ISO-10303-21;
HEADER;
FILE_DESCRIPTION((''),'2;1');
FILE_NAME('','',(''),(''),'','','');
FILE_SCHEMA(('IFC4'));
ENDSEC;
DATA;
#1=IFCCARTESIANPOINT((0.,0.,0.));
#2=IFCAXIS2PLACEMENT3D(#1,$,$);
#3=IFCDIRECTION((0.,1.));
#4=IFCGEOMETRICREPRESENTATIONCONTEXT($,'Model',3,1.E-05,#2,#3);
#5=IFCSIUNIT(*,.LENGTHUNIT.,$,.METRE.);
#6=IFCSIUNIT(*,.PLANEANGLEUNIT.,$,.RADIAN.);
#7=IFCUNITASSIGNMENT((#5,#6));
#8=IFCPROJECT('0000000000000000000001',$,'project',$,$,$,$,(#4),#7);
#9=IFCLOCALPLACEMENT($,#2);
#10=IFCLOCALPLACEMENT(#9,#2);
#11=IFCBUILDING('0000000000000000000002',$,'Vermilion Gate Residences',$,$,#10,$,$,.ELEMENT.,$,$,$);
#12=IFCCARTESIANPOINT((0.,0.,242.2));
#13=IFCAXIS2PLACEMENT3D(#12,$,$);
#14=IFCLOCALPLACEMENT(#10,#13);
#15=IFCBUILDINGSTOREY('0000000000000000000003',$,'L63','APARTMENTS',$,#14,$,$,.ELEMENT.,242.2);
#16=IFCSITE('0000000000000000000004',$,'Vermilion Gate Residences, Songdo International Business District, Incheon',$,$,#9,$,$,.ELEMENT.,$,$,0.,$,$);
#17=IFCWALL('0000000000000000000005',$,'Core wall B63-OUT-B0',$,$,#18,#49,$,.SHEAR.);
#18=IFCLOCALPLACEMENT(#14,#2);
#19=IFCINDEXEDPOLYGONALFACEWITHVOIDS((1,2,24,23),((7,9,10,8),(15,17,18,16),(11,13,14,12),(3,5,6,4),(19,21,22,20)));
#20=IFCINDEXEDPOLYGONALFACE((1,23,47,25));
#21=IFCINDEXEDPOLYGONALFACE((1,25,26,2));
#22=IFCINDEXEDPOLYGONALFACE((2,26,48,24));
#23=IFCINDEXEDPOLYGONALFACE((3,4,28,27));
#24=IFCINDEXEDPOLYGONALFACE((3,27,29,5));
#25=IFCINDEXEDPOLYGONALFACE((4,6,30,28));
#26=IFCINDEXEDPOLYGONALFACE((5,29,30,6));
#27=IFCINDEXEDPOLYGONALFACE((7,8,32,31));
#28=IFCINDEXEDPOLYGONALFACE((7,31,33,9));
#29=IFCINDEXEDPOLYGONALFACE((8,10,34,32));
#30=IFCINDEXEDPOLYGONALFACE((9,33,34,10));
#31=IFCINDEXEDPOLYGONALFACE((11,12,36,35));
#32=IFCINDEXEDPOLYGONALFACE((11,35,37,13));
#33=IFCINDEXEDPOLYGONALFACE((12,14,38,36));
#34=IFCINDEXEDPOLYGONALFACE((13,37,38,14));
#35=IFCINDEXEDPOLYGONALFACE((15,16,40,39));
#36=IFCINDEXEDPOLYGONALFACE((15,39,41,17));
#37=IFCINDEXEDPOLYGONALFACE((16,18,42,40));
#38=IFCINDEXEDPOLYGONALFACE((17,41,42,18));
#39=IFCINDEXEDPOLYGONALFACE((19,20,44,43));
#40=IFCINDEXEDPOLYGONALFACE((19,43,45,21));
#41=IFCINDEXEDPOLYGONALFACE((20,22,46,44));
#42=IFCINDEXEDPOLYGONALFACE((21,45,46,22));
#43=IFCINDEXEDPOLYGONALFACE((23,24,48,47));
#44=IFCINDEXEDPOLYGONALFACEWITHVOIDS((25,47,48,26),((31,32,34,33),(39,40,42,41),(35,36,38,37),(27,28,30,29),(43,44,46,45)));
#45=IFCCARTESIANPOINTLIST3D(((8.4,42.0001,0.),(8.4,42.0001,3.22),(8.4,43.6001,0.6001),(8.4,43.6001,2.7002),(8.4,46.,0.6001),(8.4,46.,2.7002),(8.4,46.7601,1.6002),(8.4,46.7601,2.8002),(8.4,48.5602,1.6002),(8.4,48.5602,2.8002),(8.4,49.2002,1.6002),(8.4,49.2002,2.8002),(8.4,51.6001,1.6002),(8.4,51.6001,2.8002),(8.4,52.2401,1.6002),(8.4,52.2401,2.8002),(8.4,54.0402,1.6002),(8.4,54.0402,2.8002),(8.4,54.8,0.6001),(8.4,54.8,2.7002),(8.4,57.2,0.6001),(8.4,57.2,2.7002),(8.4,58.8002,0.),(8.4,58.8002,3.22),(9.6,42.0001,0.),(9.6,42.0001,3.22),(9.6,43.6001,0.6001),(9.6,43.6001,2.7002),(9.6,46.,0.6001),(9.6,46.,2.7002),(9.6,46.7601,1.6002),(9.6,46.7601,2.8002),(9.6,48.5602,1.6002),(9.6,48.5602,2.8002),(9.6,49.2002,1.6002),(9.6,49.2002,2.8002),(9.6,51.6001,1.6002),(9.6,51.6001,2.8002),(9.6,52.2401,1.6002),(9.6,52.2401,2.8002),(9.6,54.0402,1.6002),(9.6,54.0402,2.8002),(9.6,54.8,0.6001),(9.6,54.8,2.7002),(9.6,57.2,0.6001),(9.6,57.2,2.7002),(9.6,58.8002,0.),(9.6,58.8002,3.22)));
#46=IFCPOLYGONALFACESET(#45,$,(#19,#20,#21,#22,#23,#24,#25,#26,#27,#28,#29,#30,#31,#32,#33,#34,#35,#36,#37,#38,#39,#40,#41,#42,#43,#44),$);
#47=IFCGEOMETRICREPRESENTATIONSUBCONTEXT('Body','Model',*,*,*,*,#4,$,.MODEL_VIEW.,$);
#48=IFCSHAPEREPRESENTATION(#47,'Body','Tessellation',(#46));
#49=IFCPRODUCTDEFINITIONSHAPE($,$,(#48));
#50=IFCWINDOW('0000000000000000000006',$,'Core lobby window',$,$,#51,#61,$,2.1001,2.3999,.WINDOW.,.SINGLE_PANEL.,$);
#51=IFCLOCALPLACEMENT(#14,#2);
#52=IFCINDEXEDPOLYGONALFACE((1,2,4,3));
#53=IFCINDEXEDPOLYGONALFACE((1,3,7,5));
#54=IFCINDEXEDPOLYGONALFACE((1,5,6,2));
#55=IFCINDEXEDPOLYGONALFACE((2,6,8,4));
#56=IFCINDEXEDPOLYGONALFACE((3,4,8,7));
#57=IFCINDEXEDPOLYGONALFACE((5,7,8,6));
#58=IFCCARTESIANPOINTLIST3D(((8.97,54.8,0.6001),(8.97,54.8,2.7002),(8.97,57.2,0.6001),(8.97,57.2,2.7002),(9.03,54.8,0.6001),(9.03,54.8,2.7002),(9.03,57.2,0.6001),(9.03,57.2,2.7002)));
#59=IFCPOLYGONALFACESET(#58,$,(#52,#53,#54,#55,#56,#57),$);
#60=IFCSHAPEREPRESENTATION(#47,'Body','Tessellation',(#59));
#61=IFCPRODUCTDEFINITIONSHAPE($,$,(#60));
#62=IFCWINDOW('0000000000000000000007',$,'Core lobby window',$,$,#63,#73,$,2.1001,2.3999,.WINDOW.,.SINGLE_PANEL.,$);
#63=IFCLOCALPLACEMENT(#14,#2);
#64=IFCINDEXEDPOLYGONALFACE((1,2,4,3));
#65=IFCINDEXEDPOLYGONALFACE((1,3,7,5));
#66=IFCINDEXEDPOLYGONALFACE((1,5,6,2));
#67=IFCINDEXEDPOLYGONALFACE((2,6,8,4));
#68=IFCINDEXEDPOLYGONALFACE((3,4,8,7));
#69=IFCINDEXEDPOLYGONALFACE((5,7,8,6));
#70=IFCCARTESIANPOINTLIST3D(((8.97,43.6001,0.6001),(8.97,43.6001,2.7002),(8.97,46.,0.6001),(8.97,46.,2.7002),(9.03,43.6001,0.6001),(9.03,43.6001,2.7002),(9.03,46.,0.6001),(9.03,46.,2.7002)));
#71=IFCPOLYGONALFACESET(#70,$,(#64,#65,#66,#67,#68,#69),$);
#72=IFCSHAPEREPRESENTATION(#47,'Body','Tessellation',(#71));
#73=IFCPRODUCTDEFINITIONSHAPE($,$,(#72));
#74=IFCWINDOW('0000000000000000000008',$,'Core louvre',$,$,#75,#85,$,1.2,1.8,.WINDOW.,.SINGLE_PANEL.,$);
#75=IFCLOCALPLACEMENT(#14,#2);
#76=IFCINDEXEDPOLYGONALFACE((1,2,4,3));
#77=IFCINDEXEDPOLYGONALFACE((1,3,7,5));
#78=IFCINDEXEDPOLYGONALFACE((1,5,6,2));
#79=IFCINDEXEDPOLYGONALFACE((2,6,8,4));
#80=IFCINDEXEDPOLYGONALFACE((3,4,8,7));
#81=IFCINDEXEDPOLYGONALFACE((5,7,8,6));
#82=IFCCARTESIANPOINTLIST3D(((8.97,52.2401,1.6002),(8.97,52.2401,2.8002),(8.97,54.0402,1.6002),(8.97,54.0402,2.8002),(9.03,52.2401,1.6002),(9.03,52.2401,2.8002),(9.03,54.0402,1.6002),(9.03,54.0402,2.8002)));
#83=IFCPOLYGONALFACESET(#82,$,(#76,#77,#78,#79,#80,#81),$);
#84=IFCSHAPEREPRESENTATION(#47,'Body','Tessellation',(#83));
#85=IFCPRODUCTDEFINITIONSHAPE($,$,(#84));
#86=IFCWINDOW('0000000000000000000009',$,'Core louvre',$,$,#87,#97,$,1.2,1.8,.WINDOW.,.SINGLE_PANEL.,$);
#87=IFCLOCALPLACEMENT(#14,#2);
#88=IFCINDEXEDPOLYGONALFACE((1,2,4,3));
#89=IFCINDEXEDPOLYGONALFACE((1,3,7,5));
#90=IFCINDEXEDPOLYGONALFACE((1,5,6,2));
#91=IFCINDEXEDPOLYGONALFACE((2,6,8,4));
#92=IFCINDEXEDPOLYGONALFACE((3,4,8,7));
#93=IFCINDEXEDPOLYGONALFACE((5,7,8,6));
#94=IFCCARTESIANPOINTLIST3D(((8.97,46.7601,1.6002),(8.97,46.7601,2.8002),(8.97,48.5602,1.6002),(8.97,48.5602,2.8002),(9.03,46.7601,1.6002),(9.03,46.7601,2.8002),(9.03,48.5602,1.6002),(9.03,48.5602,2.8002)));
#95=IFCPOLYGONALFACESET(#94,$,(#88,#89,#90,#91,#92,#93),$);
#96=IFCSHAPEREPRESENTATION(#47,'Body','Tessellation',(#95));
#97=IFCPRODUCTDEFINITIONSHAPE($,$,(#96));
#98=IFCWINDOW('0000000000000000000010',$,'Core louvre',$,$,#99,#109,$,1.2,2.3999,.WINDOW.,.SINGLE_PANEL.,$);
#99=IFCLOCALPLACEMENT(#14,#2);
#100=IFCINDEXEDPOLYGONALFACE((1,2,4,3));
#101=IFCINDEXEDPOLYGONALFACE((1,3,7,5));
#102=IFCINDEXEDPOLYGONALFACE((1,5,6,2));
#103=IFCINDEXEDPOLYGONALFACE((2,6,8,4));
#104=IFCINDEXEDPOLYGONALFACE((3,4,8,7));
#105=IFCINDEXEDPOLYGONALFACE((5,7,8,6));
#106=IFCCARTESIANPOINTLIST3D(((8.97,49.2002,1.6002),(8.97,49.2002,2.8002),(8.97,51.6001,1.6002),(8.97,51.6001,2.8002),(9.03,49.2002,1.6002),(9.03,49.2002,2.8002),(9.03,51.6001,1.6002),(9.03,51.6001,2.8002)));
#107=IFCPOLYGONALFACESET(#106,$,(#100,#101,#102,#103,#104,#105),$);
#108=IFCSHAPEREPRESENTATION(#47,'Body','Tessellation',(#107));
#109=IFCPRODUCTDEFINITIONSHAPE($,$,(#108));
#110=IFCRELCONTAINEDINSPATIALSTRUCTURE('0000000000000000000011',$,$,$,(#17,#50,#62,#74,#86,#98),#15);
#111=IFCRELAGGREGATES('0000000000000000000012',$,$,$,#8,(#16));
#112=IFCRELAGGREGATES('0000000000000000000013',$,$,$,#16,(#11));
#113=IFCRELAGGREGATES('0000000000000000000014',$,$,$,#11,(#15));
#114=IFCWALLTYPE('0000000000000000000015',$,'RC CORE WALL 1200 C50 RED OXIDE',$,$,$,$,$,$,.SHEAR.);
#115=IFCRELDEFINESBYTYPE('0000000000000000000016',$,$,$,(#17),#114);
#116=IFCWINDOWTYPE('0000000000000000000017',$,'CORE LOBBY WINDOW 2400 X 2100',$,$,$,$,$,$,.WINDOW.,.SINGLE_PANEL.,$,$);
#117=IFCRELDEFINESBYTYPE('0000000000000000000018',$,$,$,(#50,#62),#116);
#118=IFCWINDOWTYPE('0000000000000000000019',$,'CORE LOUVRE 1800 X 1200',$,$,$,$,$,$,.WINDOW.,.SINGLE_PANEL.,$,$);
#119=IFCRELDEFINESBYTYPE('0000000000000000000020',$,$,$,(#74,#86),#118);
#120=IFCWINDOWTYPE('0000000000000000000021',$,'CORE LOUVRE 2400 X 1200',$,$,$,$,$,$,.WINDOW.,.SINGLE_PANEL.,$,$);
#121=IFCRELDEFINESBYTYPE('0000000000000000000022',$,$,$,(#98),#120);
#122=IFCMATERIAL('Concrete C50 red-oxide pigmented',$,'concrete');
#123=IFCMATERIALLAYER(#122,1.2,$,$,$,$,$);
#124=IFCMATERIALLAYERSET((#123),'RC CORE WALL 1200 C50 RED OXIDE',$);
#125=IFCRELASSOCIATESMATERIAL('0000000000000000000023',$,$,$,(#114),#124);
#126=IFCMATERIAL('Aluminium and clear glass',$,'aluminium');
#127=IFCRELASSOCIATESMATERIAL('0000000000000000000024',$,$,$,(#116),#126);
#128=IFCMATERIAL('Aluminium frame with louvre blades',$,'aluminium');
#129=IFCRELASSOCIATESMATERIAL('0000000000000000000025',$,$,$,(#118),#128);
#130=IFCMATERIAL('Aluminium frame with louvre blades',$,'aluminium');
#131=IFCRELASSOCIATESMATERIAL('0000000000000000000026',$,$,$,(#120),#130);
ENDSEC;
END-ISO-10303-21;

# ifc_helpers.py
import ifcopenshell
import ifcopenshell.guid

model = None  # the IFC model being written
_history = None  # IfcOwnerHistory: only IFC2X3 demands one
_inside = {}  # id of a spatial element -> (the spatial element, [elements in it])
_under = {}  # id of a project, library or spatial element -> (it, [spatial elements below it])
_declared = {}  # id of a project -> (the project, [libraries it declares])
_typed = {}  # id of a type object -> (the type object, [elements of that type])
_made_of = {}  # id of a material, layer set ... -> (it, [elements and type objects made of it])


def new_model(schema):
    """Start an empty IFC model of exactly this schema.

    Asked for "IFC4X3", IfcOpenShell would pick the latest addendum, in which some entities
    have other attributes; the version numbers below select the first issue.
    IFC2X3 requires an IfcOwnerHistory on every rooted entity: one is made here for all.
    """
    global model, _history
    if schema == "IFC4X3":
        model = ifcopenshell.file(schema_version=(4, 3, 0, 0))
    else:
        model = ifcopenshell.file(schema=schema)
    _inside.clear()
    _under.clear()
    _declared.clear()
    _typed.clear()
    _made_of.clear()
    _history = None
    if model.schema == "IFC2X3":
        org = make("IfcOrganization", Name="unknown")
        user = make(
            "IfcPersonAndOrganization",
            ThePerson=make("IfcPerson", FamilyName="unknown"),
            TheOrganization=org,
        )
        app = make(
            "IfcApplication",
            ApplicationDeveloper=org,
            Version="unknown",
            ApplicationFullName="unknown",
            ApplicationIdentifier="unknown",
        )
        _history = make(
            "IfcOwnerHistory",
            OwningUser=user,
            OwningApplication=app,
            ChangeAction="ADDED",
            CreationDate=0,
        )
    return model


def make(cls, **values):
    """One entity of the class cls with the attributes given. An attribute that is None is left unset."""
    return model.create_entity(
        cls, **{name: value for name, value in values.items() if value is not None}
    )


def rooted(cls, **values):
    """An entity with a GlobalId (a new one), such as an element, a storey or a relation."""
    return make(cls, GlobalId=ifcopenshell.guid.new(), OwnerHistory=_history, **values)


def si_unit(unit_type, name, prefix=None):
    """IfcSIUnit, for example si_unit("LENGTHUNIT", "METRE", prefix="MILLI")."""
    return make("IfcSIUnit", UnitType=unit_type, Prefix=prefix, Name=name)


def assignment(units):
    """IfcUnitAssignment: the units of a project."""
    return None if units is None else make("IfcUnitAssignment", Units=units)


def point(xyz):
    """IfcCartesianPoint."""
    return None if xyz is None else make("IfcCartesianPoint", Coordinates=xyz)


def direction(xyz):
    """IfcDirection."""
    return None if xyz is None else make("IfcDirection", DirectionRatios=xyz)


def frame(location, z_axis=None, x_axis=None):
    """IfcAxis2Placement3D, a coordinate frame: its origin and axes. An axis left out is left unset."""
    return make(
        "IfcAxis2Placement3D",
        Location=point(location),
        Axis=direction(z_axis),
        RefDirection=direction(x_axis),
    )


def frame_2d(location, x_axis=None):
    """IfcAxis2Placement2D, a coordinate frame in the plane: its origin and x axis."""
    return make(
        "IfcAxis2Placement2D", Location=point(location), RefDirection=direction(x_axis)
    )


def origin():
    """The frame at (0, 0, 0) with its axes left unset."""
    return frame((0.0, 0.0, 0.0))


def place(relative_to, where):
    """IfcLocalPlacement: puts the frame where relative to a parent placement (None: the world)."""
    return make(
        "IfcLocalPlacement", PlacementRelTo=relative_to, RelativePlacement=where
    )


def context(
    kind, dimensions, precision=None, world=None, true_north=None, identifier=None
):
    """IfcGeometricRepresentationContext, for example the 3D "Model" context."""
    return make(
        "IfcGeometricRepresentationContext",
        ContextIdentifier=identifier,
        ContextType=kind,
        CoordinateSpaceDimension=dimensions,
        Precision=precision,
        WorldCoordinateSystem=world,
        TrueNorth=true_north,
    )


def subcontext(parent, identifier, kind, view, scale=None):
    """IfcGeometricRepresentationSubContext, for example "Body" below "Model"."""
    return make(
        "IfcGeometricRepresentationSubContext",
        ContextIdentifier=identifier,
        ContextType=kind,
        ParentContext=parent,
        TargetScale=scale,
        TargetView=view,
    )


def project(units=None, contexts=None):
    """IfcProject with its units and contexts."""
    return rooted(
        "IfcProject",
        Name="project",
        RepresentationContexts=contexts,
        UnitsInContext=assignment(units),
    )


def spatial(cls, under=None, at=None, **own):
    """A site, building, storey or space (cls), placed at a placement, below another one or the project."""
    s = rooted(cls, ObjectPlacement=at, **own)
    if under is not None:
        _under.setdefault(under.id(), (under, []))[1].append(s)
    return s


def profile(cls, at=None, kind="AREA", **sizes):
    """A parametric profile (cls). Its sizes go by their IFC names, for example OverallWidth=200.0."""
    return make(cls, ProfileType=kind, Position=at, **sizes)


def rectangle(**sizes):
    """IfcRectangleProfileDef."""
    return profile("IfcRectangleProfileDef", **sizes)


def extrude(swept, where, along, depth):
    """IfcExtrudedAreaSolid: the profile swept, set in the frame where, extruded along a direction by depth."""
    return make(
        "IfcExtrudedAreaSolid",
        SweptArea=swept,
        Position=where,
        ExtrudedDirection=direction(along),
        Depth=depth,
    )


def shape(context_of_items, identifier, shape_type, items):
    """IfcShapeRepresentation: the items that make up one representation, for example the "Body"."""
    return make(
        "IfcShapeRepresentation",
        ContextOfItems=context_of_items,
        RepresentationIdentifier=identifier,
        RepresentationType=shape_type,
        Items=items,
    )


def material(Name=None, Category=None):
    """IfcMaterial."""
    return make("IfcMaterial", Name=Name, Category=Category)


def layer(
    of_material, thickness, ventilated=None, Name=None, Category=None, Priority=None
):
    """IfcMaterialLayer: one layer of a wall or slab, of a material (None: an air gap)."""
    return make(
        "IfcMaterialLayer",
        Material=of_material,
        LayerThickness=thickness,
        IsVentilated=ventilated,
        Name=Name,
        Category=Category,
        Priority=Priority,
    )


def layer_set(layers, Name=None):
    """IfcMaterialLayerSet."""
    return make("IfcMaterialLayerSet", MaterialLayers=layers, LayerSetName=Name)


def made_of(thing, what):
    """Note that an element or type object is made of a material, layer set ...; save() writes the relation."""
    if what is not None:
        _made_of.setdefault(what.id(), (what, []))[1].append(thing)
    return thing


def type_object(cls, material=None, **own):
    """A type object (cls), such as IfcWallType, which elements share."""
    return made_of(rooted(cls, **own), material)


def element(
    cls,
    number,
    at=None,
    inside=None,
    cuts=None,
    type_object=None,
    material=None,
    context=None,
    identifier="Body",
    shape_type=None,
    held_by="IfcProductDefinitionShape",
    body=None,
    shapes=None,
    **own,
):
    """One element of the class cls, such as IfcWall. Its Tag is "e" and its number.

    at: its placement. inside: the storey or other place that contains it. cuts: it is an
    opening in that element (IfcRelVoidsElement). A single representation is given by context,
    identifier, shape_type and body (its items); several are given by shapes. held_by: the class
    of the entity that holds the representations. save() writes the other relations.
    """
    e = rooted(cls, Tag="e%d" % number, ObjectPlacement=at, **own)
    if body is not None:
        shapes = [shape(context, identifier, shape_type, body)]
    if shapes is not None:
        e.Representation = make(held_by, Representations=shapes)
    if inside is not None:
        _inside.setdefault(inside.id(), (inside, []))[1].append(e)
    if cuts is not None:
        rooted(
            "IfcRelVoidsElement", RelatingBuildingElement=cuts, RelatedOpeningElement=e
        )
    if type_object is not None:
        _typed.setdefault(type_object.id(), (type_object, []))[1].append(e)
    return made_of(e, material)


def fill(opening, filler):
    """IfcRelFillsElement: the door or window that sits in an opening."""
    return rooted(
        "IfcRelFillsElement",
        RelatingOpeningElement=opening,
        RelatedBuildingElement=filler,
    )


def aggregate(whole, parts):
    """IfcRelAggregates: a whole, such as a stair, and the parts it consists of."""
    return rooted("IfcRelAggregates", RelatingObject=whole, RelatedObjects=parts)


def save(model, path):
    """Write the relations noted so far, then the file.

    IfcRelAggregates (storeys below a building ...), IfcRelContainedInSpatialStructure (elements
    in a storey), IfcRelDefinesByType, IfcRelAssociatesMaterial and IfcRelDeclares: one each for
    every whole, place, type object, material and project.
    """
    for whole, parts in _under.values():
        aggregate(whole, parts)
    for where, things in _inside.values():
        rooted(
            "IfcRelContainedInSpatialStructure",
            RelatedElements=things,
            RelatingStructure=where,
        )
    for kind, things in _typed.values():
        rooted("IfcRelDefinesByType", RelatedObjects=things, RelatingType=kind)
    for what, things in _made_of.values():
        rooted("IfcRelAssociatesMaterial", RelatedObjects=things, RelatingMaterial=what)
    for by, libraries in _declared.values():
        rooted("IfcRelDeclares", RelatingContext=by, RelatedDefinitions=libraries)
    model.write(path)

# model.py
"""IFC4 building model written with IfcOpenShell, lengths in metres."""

from ifc_helpers import new_model, si_unit, direction, frame, frame_2d, origin, place, context, subcontext, project, spatial, rectangle, extrude, material, layer, layer_set, type_object, element, fill, save


model = new_model("IFC4")

# Units and contexts
model_context = context("Model", 3, precision=1e-05, world=origin(), true_north=direction((0.0, 1.0)))
body_context = subcontext(model_context, "Body", "Model", "MODEL_VIEW")
ifc_project = project(units=[si_unit("LENGTHUNIT", "METRE"), si_unit("PLANEANGLEUNIT", "RADIAN")], contexts=[model_context])

# Site, building, storey
site_placement = place(None, origin())
site = spatial("IfcSite", under=ifc_project, at=site_placement, Name="Vermilion Gate Residences, Songdo International Business District, Incheon", CompositionType="ELEMENT", RefElevation=0.0)
building_placement = place(site_placement, origin())
building = spatial("IfcBuilding", under=site, at=building_placement, Name="Vermilion Gate Residences", CompositionType="ELEMENT")
storey_placement = place(building_placement, frame((0.0, 0.0, 242.2)))
storey = spatial("IfcBuildingStorey", under=building, at=storey_placement, Name="L63", Description="APARTMENTS", CompositionType="ELEMENT", Elevation=242.2)

# Wall, openings, windows
ifc_material_1 = material(Name="Concrete C50 red-oxide pigmented", Category="concrete")
ifc_layer_1 = layer(ifc_material_1, 1.2)
ifc_layer_set_1 = layer_set([ifc_layer_1], Name="RC CORE WALL 1200 C50 RED OXIDE")
wall_type_1 = type_object("IfcWallType", Name="RC CORE WALL 1200 C50 RED OXIDE", PredefinedType="SHEAR", material=ifc_layer_set_1)
wall_1_placement = place(storey_placement, frame((9.0, 58.8, 0.0), z_axis=(0.0, 0.0, 1.0), x_axis=(0.0, -1.0, 0.0)))
wall_1 = element("IfcWall", 1, at=wall_1_placement, inside=storey, type_object=wall_type_1, Name="Core wall B63-OUT-B0", PredefinedType="SHEAR", context=body_context, shape_type="SweptSolid", body=[
    extrude(rectangle(XDim=16.8, YDim=1.2, at=frame_2d((8.3999, 0.0))), origin(), (0.0, 0.0, 1.0), 3.22),
])
opening_1_placement = place(wall_1_placement, frame((1.6001, 0.0, 0.6001)))
opening_1 = element("IfcOpeningElement", 2, at=opening_1_placement, cuts=wall_1, PredefinedType="OPENING", context=body_context, shape_type="SweptSolid", body=[
    extrude(rectangle(XDim=2.3999, YDim=2.1001, at=frame_2d((1.2, 1.05))), frame((0.0, 0.6099, 0.0), z_axis=(0.0, -1.0, 0.0), x_axis=(1.0, 0.0, 0.0)), (0.0, 0.0, 1.0), 1.22),
])
opening_2_placement = place(wall_1_placement, frame((4.76, 0.0, 1.6001)))
opening_2 = element("IfcOpeningElement", 3, at=opening_2_placement, cuts=wall_1, PredefinedType="OPENING", context=body_context, shape_type="SweptSolid", body=[
    extrude(rectangle(XDim=1.8, YDim=1.2, at=frame_2d((0.8999, 0.6001))), frame((0.0, 0.6099, 0.0), z_axis=(0.0, -1.0, 0.0), x_axis=(1.0, 0.0, 0.0)), (0.0, 0.0, 1.0), 1.22),
])
opening_3_placement = place(wall_1_placement, frame((7.2, 0.0, 1.6001)))
opening_3 = element("IfcOpeningElement", 4, at=opening_3_placement, cuts=wall_1, PredefinedType="OPENING", context=body_context, shape_type="SweptSolid", body=[
    extrude(rectangle(XDim=2.3999, YDim=1.2, at=frame_2d((1.2, 0.6001))), frame((0.0, 0.6099, 0.0), z_axis=(0.0, -1.0, 0.0), x_axis=(1.0, 0.0, 0.0)), (0.0, 0.0, 1.0), 1.22),
])
opening_4_placement = place(wall_1_placement, frame((10.24, 0.0, 1.6001)))
opening_4 = element("IfcOpeningElement", 5, at=opening_4_placement, cuts=wall_1, PredefinedType="OPENING", context=body_context, shape_type="SweptSolid", body=[
    extrude(rectangle(XDim=1.8, YDim=1.2, at=frame_2d((0.8999, 0.6001))), frame((0.0, 0.6099, 0.0), z_axis=(0.0, -1.0, 0.0), x_axis=(1.0, 0.0, 0.0)), (0.0, 0.0, 1.0), 1.22),
])
opening_5_placement = place(wall_1_placement, frame((12.8, 0.0, 0.6001)))
opening_5 = element("IfcOpeningElement", 6, at=opening_5_placement, cuts=wall_1, PredefinedType="OPENING", context=body_context, shape_type="SweptSolid", body=[
    extrude(rectangle(XDim=2.3999, YDim=2.1001, at=frame_2d((1.2, 1.05))), frame((0.0, 0.6099, 0.0), z_axis=(0.0, -1.0, 0.0), x_axis=(1.0, 0.0, 0.0)), (0.0, 0.0, 1.0), 1.22),
])
ifc_material_2 = material(Name="Aluminium and clear glass", Category="aluminium")
window_type_1 = type_object("IfcWindowType", Name="CORE LOBBY WINDOW 2400 X 2100", PartitioningType="SINGLE_PANEL", PredefinedType="WINDOW", material=ifc_material_2)
window_1_placement = place(opening_1_placement, origin())
window_1 = element("IfcWindow", 7, at=window_1_placement, inside=storey, type_object=window_type_1, Name="Core lobby window", OverallHeight=2.1001, OverallWidth=2.3999, PartitioningType="SINGLE_PANEL", PredefinedType="WINDOW", context=body_context, shape_type="SweptSolid", body=[
    extrude(rectangle(XDim=2.3999, YDim=2.1001, at=frame_2d((1.2, 1.05))), frame((0.0, 0.03, 0.0), z_axis=(0.0, -1.0, 0.0), x_axis=(1.0, 0.0, 0.0)), (0.0, 0.0, 1.0), 0.0601),
])
fill(opening_1, window_1)
window_2_placement = place(opening_5_placement, origin())
window_2 = element("IfcWindow", 8, at=window_2_placement, inside=storey, type_object=window_type_1, Name="Core lobby window", OverallHeight=2.1001, OverallWidth=2.3999, PartitioningType="SINGLE_PANEL", PredefinedType="WINDOW", context=body_context, shape_type="SweptSolid", body=[
    extrude(rectangle(XDim=2.3999, YDim=2.1001, at=frame_2d((1.2, 1.05))), frame((0.0, 0.03, 0.0), z_axis=(0.0, -1.0, 0.0), x_axis=(1.0, 0.0, 0.0)), (0.0, 0.0, 1.0), 0.0601),
])
fill(opening_5, window_2)
ifc_material_3 = material(Name="Aluminium frame with louvre blades", Category="aluminium")
window_type_2 = type_object("IfcWindowType", Name="CORE LOUVRE 1800 X 1200", PartitioningType="SINGLE_PANEL", PredefinedType="WINDOW", material=ifc_material_3)
window_3_placement = place(opening_2_placement, origin())
window_3 = element("IfcWindow", 9, at=window_3_placement, inside=storey, type_object=window_type_2, Name="Core louvre", OverallHeight=1.2, OverallWidth=1.8, PartitioningType="SINGLE_PANEL", PredefinedType="WINDOW", context=body_context, shape_type="SweptSolid", body=[
    extrude(rectangle(XDim=1.8, YDim=1.2, at=frame_2d((0.8999, 0.6001))), frame((0.0, 0.03, 0.0), z_axis=(0.0, -1.0, 0.0), x_axis=(1.0, 0.0, 0.0)), (0.0, 0.0, 1.0), 0.0601),
])
fill(opening_2, window_3)
window_4_placement = place(opening_4_placement, origin())
window_4 = element("IfcWindow", 10, at=window_4_placement, inside=storey, type_object=window_type_2, Name="Core louvre", OverallHeight=1.2, OverallWidth=1.8, PartitioningType="SINGLE_PANEL", PredefinedType="WINDOW", context=body_context, shape_type="SweptSolid", body=[
    extrude(rectangle(XDim=1.8, YDim=1.2, at=frame_2d((0.8999, 0.6001))), frame((0.0, 0.03, 0.0), z_axis=(0.0, -1.0, 0.0), x_axis=(1.0, 0.0, 0.0)), (0.0, 0.0, 1.0), 0.0601),
])
fill(opening_4, window_4)
ifc_material_4 = material(Name="Aluminium frame with louvre blades", Category="aluminium")
window_type_3 = type_object("IfcWindowType", Name="CORE LOUVRE 2400 X 1200", PartitioningType="SINGLE_PANEL", PredefinedType="WINDOW", material=ifc_material_4)
window_5_placement = place(opening_3_placement, origin())
window_5 = element("IfcWindow", 11, at=window_5_placement, inside=storey, type_object=window_type_3, Name="Core louvre", OverallHeight=1.2, OverallWidth=2.3999, PartitioningType="SINGLE_PANEL", PredefinedType="WINDOW", context=body_context, shape_type="SweptSolid", body=[
    extrude(rectangle(XDim=2.3999, YDim=1.2, at=frame_2d((1.2, 0.6001))), frame((0.0, 0.03, 0.0), z_axis=(0.0, -1.0, 0.0), x_axis=(1.0, 0.0, 0.0)), (0.0, 0.0, 1.0), 0.0601),
])
fill(opening_3, window_5)

save(model, "model.ifc")
